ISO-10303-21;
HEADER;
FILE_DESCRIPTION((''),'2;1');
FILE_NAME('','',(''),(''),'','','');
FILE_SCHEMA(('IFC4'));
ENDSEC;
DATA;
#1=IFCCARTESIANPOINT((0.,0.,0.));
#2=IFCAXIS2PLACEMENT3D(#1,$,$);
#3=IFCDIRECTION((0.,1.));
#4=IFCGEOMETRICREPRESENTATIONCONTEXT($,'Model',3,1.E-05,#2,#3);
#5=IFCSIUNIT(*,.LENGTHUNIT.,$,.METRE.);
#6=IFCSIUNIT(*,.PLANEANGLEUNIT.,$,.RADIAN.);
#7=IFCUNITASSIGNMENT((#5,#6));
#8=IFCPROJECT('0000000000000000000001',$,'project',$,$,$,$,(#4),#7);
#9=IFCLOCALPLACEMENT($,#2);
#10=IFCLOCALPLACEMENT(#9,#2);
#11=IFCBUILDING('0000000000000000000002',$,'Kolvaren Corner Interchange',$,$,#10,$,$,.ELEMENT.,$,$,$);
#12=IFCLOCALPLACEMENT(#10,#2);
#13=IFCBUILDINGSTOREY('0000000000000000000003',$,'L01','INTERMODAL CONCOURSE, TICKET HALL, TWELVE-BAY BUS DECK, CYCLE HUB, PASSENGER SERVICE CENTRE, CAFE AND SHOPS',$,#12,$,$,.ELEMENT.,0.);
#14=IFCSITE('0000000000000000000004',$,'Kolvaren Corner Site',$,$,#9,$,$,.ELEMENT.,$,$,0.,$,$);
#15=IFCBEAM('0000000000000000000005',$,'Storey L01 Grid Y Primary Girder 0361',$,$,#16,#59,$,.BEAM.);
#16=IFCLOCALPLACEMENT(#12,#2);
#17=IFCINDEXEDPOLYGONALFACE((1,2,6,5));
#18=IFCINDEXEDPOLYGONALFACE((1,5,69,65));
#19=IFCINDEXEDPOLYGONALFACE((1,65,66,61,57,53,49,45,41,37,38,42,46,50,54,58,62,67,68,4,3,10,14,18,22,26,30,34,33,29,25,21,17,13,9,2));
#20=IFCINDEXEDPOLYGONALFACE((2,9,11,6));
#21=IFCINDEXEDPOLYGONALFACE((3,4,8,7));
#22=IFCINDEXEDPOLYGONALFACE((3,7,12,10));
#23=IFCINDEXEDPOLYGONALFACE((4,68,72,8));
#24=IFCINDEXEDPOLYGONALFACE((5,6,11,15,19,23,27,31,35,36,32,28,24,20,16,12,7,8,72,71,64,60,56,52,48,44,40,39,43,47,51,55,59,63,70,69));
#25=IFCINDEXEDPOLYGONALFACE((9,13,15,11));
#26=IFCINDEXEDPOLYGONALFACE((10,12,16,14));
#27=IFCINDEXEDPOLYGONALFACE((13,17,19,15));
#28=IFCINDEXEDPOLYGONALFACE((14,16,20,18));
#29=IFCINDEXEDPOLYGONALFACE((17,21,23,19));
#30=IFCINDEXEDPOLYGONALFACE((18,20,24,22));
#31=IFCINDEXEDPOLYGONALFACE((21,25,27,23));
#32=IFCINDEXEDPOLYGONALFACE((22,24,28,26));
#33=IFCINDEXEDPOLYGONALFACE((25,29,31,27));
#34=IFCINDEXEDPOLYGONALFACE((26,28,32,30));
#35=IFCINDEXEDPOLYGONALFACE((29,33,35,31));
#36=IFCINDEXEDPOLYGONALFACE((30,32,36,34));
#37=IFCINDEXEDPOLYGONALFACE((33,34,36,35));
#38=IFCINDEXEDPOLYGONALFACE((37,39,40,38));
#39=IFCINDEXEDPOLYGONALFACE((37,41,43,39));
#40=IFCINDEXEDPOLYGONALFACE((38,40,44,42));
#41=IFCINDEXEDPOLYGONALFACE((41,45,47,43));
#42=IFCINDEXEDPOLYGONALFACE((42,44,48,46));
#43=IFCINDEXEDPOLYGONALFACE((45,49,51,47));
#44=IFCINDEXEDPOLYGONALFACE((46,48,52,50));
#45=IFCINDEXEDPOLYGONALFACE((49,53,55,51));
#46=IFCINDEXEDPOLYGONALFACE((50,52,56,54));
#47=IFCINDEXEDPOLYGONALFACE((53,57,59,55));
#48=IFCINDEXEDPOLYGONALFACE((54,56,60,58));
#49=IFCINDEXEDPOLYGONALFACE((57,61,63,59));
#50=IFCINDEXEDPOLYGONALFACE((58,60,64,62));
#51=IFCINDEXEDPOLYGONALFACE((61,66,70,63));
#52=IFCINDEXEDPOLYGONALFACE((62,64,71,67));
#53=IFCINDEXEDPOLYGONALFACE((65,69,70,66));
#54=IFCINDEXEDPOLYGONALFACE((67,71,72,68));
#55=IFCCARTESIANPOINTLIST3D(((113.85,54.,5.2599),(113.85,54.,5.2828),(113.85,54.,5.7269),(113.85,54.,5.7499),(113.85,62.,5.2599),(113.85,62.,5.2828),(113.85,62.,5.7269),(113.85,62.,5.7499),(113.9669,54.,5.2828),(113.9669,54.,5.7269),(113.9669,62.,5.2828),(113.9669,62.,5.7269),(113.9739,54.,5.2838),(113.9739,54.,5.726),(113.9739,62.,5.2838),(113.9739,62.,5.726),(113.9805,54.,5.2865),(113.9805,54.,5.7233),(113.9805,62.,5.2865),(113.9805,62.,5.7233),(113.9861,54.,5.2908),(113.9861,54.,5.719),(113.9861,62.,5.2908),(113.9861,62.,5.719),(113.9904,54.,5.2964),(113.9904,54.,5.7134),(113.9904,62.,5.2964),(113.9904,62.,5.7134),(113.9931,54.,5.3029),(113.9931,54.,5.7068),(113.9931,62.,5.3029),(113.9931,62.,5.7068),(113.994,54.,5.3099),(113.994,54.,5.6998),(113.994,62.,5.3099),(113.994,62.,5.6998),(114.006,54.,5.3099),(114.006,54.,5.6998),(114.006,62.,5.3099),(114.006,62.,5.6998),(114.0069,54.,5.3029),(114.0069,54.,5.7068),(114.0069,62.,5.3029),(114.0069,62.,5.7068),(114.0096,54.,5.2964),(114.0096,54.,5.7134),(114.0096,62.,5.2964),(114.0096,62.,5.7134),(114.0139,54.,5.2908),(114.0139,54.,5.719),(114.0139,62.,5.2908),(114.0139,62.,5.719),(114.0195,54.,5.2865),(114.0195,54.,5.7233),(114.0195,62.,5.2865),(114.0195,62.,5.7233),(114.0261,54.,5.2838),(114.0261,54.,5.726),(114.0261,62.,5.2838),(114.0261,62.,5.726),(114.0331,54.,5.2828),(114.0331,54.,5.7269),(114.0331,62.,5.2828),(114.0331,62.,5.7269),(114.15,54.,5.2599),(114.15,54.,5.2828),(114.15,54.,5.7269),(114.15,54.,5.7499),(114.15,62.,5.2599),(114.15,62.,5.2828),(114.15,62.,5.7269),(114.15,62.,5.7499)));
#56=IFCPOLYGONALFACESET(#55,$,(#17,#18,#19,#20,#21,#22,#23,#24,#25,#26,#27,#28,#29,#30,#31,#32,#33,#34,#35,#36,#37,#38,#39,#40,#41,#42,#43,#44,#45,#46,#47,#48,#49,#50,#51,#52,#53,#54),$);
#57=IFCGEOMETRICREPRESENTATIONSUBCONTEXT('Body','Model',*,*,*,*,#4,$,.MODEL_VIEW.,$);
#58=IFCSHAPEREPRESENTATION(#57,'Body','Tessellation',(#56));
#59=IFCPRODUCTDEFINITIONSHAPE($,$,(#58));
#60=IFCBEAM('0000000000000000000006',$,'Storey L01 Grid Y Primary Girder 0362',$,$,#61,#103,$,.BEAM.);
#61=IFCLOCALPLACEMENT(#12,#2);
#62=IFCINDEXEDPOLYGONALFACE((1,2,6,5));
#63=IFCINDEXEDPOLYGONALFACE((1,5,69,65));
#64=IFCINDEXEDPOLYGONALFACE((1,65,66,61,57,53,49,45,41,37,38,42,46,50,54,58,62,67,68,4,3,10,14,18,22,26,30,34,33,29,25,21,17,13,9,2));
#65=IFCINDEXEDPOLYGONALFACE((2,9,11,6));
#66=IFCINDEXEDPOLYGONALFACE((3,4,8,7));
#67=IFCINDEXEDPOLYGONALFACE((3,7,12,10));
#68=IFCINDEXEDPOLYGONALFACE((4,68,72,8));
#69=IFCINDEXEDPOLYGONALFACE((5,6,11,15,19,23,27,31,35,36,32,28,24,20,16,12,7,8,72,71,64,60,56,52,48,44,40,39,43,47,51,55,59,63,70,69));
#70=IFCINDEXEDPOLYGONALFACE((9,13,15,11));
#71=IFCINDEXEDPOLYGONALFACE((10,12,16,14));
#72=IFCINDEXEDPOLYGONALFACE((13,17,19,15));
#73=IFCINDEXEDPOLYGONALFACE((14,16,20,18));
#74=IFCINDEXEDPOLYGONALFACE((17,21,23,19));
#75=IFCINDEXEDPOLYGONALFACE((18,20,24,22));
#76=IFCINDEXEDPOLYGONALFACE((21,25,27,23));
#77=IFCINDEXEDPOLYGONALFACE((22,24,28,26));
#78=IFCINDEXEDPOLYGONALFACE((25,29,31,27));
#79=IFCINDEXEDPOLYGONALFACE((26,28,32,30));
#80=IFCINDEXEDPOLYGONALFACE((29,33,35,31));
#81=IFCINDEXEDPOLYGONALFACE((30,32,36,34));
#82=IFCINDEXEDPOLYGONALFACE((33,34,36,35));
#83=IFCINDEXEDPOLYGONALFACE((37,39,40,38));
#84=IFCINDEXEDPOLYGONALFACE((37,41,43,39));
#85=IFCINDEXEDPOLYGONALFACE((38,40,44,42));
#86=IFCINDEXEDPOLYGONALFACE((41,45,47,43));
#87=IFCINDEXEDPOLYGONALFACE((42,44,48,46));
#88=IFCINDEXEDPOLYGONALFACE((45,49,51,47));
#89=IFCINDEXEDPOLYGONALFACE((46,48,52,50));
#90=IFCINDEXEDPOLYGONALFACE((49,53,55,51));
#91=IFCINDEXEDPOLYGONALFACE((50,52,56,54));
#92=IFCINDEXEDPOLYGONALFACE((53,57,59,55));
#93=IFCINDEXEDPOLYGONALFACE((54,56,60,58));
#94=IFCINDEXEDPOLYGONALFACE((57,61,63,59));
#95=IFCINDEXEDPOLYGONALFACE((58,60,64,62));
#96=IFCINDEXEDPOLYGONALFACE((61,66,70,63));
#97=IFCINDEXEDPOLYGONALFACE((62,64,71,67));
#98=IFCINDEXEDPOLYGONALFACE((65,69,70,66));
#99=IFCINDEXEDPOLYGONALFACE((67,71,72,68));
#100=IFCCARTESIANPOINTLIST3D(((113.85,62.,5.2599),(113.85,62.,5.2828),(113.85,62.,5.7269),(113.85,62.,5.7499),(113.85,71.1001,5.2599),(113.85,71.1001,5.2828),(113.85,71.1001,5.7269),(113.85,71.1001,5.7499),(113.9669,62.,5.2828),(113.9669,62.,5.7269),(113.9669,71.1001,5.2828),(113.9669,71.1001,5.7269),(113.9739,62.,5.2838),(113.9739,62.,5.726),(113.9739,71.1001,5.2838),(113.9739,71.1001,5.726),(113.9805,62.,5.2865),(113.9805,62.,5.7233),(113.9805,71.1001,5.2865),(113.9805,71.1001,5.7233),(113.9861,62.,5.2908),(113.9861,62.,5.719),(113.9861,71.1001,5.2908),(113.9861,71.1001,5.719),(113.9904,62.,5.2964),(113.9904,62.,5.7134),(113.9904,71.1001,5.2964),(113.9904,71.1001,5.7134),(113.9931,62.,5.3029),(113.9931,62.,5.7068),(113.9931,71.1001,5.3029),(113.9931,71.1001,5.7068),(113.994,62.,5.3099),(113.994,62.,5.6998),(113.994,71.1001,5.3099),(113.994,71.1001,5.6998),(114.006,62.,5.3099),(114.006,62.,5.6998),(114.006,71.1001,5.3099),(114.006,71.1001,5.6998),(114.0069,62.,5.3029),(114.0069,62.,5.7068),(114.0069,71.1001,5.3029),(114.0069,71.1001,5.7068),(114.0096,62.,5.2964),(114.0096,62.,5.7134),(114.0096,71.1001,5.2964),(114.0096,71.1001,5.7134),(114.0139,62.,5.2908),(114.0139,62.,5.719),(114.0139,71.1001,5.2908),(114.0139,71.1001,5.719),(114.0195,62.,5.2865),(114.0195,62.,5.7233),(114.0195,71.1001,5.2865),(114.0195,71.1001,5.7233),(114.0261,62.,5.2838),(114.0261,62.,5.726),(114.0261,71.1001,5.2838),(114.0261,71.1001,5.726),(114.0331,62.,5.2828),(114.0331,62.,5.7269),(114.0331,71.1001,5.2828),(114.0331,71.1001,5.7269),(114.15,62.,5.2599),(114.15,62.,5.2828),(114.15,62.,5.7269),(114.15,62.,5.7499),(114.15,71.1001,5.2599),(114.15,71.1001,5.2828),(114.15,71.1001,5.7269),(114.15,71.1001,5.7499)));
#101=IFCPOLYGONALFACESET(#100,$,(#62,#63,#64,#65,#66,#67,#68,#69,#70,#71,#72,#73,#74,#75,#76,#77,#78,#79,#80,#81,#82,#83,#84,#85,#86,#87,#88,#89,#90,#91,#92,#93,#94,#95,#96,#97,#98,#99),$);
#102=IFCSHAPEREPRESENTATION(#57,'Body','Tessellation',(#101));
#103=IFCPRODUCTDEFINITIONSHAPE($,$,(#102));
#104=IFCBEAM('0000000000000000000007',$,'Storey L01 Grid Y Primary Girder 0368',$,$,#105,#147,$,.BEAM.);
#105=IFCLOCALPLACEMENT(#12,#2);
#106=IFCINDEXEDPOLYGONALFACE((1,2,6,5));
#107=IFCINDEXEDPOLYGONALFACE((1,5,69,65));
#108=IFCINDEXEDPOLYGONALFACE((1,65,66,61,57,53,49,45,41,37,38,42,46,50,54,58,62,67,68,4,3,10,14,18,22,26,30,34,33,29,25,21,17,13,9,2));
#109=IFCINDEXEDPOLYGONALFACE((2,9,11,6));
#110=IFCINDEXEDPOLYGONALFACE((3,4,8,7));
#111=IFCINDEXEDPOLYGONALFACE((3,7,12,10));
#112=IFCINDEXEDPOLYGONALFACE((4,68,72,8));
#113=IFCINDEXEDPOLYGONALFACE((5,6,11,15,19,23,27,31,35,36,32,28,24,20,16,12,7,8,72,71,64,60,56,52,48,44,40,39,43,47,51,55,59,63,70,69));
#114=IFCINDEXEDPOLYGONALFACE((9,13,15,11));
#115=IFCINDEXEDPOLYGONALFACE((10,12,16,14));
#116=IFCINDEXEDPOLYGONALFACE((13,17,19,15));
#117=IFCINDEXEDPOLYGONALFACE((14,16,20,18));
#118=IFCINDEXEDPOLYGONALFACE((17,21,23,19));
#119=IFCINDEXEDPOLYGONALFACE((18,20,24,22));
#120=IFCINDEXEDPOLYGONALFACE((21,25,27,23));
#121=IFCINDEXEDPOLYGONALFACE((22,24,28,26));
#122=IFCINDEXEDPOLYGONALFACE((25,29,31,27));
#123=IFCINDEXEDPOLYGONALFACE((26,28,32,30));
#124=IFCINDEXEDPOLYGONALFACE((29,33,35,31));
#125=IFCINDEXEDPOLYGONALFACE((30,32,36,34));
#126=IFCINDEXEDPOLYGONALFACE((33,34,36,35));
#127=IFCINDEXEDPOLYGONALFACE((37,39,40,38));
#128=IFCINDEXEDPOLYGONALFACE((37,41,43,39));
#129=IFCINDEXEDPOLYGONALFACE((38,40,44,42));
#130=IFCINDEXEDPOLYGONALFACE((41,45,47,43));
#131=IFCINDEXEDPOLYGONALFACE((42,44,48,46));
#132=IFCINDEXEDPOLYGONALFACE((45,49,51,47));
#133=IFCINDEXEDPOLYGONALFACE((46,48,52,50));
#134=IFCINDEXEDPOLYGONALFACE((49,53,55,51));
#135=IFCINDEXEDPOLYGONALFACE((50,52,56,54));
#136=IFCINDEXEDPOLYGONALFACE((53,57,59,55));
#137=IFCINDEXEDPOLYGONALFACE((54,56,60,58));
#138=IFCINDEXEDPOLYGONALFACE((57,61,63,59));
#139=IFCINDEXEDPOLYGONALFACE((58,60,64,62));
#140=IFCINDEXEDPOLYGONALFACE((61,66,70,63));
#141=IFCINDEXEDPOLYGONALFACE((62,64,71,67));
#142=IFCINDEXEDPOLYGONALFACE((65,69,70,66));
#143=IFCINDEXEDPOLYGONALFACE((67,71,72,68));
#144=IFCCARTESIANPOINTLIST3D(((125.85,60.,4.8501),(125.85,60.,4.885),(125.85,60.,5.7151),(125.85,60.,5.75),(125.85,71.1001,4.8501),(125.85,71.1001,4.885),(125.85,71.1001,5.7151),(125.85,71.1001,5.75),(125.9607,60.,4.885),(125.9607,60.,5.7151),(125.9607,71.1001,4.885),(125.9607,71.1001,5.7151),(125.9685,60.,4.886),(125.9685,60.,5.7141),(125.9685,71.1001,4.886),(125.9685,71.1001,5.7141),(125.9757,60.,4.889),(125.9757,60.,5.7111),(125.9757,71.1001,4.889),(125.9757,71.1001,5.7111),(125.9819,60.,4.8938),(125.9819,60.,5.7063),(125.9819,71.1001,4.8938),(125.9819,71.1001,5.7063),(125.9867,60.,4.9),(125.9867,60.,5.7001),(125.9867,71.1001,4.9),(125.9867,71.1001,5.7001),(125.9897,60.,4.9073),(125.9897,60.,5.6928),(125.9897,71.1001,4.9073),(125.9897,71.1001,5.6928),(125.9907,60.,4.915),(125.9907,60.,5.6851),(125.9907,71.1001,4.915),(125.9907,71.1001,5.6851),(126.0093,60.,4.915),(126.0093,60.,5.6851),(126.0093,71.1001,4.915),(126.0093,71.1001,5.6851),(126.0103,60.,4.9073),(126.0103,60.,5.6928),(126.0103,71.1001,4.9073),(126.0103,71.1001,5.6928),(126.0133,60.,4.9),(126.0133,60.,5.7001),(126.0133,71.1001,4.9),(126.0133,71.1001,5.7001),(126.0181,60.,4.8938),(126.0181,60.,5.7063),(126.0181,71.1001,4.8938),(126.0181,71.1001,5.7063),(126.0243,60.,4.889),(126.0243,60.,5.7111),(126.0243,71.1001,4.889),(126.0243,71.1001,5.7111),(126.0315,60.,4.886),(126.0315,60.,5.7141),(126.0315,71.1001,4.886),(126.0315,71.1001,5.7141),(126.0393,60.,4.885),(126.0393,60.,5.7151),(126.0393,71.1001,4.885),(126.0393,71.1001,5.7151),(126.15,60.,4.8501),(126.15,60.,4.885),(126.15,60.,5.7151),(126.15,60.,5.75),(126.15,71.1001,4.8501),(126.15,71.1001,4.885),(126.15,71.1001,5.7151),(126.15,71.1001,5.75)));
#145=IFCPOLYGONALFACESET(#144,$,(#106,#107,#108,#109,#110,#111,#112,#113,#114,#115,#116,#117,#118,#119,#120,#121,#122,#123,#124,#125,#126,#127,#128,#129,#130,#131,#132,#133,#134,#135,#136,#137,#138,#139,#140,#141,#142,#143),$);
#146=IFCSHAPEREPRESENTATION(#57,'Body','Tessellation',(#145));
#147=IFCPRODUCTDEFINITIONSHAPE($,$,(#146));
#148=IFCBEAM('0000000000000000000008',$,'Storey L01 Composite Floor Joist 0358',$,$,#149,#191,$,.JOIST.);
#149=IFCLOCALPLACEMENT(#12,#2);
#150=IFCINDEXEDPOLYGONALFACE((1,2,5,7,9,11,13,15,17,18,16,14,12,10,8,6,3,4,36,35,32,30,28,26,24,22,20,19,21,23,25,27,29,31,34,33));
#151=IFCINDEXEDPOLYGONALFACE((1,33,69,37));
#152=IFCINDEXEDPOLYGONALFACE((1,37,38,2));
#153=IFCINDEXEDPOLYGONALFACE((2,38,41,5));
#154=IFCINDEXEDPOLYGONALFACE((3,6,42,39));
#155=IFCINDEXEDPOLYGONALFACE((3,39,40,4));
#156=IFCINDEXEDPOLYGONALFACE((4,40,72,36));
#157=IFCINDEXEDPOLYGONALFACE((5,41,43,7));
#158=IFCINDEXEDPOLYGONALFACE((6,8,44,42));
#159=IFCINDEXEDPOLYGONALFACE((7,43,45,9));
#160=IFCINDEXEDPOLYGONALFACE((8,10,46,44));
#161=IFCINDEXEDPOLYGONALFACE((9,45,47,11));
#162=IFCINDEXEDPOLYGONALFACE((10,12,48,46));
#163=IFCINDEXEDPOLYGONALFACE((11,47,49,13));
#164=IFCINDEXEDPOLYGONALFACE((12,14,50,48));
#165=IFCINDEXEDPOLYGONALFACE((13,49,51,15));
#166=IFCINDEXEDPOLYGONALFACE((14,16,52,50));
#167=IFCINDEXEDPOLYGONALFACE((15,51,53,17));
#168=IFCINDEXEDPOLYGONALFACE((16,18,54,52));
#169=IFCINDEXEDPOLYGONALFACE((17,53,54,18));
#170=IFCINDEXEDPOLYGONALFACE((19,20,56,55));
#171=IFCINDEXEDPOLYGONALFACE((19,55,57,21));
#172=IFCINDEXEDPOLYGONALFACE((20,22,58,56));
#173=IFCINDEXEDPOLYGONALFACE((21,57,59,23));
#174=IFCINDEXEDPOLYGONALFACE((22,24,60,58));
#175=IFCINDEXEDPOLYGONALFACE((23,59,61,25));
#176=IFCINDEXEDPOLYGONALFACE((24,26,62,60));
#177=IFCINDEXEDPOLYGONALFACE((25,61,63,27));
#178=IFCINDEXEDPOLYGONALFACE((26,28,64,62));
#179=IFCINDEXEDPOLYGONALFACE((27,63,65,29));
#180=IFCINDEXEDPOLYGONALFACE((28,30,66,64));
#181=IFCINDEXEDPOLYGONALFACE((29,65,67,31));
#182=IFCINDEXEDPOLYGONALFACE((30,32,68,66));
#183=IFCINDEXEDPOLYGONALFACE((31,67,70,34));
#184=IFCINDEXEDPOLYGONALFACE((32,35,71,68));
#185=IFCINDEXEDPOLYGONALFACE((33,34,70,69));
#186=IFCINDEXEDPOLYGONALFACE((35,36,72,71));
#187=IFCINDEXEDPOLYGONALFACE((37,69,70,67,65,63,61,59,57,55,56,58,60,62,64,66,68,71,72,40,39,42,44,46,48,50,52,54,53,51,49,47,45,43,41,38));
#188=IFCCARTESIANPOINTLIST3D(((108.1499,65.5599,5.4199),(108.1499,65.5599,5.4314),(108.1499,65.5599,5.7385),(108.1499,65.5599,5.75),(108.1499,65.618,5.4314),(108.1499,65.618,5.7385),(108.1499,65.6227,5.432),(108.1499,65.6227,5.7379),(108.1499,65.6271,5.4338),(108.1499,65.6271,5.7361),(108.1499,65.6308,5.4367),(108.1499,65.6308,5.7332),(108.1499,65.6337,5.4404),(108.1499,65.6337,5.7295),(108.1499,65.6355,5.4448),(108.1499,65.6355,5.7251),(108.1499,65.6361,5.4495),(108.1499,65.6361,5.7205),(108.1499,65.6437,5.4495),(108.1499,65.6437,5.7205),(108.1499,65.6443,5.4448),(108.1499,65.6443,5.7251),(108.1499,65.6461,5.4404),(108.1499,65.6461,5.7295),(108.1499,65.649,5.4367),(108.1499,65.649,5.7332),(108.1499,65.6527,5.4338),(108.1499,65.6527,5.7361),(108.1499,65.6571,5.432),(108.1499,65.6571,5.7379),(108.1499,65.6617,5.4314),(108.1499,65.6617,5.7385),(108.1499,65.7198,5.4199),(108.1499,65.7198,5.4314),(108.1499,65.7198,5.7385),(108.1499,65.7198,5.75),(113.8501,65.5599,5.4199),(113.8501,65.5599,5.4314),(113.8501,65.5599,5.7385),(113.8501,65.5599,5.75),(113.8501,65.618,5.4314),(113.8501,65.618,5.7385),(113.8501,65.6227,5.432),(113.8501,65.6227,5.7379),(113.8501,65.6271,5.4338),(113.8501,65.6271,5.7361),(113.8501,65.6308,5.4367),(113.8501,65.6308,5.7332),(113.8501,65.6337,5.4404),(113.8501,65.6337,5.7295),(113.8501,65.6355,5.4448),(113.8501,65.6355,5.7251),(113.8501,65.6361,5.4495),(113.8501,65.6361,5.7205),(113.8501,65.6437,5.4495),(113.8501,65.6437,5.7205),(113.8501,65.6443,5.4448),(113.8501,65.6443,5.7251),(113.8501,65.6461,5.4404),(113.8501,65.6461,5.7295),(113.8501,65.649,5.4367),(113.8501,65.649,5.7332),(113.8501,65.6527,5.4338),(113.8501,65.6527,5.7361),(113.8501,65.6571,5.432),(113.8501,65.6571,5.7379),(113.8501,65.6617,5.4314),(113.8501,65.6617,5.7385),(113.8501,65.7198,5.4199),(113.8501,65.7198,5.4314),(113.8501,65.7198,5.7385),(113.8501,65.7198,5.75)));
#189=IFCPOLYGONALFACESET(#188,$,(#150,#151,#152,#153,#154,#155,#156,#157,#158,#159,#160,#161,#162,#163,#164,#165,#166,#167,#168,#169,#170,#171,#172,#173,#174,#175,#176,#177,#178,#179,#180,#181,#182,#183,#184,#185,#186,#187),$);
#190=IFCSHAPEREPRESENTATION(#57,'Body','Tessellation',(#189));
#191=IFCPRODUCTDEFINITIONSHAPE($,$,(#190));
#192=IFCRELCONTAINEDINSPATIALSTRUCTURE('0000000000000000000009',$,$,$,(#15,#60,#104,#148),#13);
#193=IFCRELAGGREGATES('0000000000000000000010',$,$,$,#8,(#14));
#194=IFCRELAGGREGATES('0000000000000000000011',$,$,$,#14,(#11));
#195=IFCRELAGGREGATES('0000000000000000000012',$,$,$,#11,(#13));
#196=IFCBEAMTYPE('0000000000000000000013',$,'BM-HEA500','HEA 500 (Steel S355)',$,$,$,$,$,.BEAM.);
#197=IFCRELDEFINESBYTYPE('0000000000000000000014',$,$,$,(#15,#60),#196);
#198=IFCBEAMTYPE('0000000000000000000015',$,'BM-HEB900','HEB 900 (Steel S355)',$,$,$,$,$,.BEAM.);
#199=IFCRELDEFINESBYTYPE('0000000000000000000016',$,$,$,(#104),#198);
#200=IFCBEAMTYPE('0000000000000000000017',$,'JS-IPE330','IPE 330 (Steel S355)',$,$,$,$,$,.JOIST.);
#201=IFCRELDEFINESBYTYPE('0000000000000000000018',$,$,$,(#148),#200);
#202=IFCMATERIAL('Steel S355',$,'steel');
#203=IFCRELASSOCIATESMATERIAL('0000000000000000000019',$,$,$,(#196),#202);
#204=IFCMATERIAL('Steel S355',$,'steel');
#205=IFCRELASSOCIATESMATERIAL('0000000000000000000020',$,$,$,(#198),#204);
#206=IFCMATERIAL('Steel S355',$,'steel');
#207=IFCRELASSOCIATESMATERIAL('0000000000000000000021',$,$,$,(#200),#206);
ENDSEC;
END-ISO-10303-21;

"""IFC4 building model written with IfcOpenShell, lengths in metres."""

from ifc_helpers import new_model, si_unit, direction, frame, origin, origin_2d, place, context, subcontext, project, spatial, i_section, extrude, material, material_profile, profile_set, type_object, element, save


model = new_model("IFC4")

# Units and contexts
model_context = context("Model", 3, precision=1e-05, world=origin(), true_north=direction((0.0, 1.0)))
body_context = subcontext(model_context, "Body", "Model", "MODEL_VIEW")
ifc_project = project(units=[si_unit("LENGTHUNIT", "METRE"), si_unit("PLANEANGLEUNIT", "RADIAN")], contexts=[model_context])

# Site, building, storey
site_placement = place(None, origin())
site = spatial("IfcSite", under=ifc_project, at=site_placement, Name="Kolvaren Corner Site", CompositionType="ELEMENT", RefElevation=0.0)
building_placement = place(site_placement, origin())
building = spatial("IfcBuilding", under=site, at=building_placement, Name="Kolvaren Corner Interchange", CompositionType="ELEMENT")
storey_placement = place(building_placement, origin())
storey = spatial("IfcBuildingStorey", under=building, at=storey_placement, Name="L01", Description="INTERMODAL CONCOURSE, TICKET HALL, TWELVE-BAY BUS DECK, CYCLE HUB, PASSENGER SERVICE CENTRE, CAFE AND SHOPS", CompositionType="ELEMENT", Elevation=0.0)

# Beams
ifc_material_1 = material(Name="Steel S355", Category="steel")
ifc_material_profile_1 = material_profile(ifc_material_1, i_section(OverallWidth=0.3, OverallDepth=0.49, WebThickness=0.012, FlangeThickness=0.0229, FilletRadius=0.0271, at=origin_2d()), Name="HEA 500")
ifc_profile_set_1 = profile_set([ifc_material_profile_1], Name="Steel S355")
beam_type_1 = type_object("IfcBeamType", Name="BM-HEA500", Description="HEA 500 (Steel S355)", PredefinedType="BEAM", material=ifc_profile_set_1)
beam_1_placement = place(storey_placement, frame((114.0, 54.0, 5.5049), z_axis=(0.0, 1.0, 0.0), x_axis=(-1.0, 0.0, 0.0)))
element("IfcBeam", 1, at=beam_1_placement, inside=storey, type_object=beam_type_1, Name="Storey L01 Grid Y Primary Girder 0361", PredefinedType="BEAM", context=body_context, shape_type="SweptSolid", body=[
    extrude(i_section(OverallWidth=0.3, OverallDepth=0.49, WebThickness=0.012, FlangeThickness=0.0229, FilletRadius=0.0271, at=origin_2d()), origin(), (0.0, 0.0, 1.0), 8.0),
])
beam_2_placement = place(storey_placement, frame((114.0, 62.0, 5.5049), z_axis=(0.0, 1.0, 0.0), x_axis=(-1.0, 0.0, 0.0)))
element("IfcBeam", 2, at=beam_2_placement, inside=storey, type_object=beam_type_1, Name="Storey L01 Grid Y Primary Girder 0362", PredefinedType="BEAM", context=body_context, shape_type="SweptSolid", body=[
    extrude(i_section(OverallWidth=0.3, OverallDepth=0.49, WebThickness=0.012, FlangeThickness=0.0229, FilletRadius=0.0271, at=origin_2d()), origin(), (0.0, 0.0, 1.0), 9.1001),
])
ifc_material_2 = material(Name="Steel S355", Category="steel")
ifc_material_profile_2 = material_profile(ifc_material_2, i_section(OverallWidth=0.3, OverallDepth=0.8999, WebThickness=0.0186, FlangeThickness=0.0349, FilletRadius=0.03, at=origin_2d()), Name="HEB 900")
ifc_profile_set_2 = profile_set([ifc_material_profile_2], Name="Steel S355")
beam_type_2 = type_object("IfcBeamType", Name="BM-HEB900", Description="HEB 900 (Steel S355)", PredefinedType="BEAM", material=ifc_profile_set_2)
beam_3_placement = place(storey_placement, frame((126.0, 60.0, 5.3), z_axis=(0.0, 1.0, 0.0), x_axis=(-1.0, 0.0, 0.0)))
element("IfcBeam", 3, at=beam_3_placement, inside=storey, type_object=beam_type_2, Name="Storey L01 Grid Y Primary Girder 0368", PredefinedType="BEAM", context=body_context, shape_type="SweptSolid", body=[
    extrude(i_section(OverallWidth=0.3, OverallDepth=0.8999, WebThickness=0.0186, FlangeThickness=0.0349, FilletRadius=0.03, at=origin_2d()), origin(), (0.0, 0.0, 1.0), 11.1001),
])
ifc_material_3 = material(Name="Steel S355", Category="steel")
ifc_material_profile_3 = material_profile(ifc_material_3, i_section(OverallWidth=0.1599, OverallDepth=0.3301, WebThickness=0.0076, FlangeThickness=0.0115, FilletRadius=0.0181, at=origin_2d()), Name="IPE 330")
ifc_profile_set_3 = profile_set([ifc_material_profile_3], Name="Steel S355")
beam_type_3 = type_object("IfcBeamType", Name="JS-IPE330", Description="IPE 330 (Steel S355)", PredefinedType="JOIST", material=ifc_profile_set_3)
for number, where, z_axis, x_axis, name in (
    (4, (108.1499, 65.6399, 5.585), (1.0, 0.0, 0.0), (0.0, 1.0, 0.0), "Storey L01 Composite Floor Joist 0358"),
):
    element("IfcBeam", number, at=place(storey_placement, frame(where, z_axis=z_axis, x_axis=x_axis)), inside=storey, type_object=beam_type_3, Name=name, PredefinedType="JOIST", context=body_context, shape_type="SweptSolid", body=[
        extrude(i_section(OverallWidth=0.1599, OverallDepth=0.3301, WebThickness=0.0076, FlangeThickness=0.0115, FilletRadius=0.0181, at=origin_2d()), origin(), (0.0, 0.0, 1.0), 5.7002),
    ])

save(model, "model.ifc")
